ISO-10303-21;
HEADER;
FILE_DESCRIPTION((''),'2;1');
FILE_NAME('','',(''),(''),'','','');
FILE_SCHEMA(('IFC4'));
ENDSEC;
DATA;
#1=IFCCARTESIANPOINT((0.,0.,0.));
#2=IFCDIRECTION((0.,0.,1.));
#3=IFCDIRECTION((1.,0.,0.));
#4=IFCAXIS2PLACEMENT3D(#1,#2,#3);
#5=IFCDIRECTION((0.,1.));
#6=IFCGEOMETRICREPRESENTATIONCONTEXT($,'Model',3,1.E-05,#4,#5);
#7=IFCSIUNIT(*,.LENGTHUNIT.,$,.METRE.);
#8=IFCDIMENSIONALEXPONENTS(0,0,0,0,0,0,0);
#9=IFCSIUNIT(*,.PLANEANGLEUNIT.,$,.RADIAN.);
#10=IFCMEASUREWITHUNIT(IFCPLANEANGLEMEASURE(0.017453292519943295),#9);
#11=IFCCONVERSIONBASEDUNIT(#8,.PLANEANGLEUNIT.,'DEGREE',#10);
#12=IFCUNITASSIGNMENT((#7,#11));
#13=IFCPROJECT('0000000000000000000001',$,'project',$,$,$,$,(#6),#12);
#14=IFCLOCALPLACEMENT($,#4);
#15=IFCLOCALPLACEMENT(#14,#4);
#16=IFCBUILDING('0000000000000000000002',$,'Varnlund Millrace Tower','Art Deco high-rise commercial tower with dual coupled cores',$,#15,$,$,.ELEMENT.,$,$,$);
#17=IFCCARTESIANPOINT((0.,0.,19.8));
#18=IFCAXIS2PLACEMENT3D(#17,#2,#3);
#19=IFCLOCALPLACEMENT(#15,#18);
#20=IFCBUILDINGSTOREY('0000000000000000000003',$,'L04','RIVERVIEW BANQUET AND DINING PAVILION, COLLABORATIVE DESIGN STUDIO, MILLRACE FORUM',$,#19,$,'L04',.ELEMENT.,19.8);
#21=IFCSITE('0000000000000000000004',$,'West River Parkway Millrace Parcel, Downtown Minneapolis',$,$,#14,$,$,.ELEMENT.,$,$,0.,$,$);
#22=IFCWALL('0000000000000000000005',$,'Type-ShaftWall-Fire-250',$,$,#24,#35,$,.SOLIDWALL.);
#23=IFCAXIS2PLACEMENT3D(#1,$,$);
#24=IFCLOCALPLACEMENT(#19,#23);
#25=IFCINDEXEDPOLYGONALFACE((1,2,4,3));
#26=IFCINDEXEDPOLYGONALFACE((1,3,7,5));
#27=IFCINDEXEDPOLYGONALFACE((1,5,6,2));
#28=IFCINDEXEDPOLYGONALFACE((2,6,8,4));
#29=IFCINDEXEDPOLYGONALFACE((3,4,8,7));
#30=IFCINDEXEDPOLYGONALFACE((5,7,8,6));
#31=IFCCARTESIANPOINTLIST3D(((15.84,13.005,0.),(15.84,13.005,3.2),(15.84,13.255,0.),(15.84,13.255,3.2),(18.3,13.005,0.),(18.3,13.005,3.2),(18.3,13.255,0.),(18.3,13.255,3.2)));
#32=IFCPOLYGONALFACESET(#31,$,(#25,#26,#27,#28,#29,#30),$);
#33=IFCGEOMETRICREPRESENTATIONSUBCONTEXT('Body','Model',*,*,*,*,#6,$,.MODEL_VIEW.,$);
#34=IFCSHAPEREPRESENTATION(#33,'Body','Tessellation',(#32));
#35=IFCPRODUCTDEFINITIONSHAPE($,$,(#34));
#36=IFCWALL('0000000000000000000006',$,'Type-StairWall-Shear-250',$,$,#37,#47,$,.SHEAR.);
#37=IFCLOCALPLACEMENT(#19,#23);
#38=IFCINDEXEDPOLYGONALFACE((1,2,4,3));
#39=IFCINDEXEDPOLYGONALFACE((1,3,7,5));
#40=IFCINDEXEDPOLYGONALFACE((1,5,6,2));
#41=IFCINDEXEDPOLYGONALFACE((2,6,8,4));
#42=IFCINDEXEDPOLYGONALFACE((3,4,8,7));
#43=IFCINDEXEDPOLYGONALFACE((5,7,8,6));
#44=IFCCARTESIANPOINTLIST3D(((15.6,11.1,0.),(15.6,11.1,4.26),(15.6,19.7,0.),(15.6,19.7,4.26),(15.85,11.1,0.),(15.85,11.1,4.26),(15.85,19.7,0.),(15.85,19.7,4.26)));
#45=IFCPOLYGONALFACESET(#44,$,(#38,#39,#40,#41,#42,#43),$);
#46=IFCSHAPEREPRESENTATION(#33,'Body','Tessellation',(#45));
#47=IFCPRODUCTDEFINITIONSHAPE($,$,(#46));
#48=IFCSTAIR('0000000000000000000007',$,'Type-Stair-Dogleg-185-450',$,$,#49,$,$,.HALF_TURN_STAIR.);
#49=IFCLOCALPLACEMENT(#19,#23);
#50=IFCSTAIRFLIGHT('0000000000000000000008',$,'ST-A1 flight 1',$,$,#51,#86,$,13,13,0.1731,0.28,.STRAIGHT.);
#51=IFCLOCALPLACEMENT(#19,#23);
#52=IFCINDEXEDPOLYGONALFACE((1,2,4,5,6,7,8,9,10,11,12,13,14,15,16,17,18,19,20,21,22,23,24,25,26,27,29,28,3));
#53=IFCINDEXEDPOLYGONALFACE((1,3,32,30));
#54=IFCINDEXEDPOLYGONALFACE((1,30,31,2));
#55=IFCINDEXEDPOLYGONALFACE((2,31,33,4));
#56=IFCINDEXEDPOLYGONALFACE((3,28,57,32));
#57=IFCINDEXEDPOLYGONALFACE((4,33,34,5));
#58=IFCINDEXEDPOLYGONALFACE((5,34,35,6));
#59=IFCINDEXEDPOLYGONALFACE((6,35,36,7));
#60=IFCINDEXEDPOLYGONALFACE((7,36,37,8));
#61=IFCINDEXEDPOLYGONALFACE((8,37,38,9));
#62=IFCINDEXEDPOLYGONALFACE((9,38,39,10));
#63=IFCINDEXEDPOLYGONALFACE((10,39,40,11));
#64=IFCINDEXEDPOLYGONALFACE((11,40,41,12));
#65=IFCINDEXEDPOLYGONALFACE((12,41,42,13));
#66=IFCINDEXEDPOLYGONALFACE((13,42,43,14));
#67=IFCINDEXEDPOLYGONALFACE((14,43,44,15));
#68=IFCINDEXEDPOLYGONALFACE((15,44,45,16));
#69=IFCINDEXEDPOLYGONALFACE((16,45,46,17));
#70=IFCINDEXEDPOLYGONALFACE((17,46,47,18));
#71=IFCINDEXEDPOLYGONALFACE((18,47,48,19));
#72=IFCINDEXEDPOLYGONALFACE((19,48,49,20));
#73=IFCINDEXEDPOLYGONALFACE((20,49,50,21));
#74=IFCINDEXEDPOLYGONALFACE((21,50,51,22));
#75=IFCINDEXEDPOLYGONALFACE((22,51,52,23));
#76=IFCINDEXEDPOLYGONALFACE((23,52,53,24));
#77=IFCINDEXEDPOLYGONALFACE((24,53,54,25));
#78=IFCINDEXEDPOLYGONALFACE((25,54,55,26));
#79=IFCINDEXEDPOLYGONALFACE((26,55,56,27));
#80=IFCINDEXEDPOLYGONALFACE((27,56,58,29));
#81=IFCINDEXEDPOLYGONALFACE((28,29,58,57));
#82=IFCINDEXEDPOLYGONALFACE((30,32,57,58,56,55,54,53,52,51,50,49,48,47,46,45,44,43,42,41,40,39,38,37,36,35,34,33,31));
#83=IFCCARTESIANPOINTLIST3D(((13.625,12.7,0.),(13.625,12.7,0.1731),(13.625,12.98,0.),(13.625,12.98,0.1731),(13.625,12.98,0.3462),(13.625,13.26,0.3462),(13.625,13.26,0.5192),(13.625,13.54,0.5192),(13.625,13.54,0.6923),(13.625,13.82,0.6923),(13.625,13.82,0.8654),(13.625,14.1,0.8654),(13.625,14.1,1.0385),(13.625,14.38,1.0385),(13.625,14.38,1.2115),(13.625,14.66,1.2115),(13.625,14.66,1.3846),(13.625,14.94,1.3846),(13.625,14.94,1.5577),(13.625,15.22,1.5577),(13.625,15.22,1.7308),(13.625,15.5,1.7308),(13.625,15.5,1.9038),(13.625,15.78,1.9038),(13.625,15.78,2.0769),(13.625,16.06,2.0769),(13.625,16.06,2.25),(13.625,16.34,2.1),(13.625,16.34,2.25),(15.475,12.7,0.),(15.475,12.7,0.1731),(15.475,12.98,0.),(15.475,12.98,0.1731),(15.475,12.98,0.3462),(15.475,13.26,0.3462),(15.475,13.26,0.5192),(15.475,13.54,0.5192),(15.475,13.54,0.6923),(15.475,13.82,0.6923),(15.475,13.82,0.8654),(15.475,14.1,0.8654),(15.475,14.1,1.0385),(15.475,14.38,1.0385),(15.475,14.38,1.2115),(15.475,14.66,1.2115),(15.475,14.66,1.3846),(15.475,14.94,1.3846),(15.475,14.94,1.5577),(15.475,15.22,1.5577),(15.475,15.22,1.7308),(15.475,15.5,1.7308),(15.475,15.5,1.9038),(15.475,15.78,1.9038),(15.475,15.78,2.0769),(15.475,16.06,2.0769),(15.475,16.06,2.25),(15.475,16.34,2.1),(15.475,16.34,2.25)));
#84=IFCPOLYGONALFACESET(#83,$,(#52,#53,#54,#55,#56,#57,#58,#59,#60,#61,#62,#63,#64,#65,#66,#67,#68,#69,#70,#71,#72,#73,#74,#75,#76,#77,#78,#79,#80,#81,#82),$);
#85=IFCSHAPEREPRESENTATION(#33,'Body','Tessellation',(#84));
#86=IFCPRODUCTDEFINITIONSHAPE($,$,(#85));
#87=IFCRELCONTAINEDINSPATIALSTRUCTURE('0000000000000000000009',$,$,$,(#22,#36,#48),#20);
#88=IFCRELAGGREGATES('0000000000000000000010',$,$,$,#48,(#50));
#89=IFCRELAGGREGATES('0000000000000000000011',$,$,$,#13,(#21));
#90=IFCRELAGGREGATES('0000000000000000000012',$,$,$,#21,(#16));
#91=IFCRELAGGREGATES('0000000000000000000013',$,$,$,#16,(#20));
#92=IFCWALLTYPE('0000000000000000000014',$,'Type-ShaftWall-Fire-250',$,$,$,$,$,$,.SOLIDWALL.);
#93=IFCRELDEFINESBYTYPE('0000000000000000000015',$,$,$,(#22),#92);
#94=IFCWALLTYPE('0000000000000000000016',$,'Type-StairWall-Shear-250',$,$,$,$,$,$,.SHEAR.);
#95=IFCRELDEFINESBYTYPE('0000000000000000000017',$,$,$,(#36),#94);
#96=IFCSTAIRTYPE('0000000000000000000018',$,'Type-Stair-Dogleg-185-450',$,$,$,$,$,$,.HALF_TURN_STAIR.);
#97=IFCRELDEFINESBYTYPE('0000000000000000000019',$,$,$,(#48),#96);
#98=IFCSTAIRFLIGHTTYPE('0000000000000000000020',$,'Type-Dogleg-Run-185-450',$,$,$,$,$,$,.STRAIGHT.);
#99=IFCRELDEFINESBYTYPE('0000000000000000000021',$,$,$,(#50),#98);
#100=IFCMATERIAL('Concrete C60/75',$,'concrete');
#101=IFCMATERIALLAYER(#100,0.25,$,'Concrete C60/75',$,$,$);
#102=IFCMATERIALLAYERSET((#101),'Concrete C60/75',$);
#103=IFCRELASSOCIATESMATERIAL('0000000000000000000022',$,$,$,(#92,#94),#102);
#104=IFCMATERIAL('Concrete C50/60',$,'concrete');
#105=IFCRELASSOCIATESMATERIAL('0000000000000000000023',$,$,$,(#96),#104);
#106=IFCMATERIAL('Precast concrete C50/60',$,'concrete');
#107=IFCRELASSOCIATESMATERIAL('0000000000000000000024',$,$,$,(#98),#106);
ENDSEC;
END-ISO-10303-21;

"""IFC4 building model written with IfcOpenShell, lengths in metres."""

from ifc_helpers import new_model, entity, si_unit, converted_unit, direction, frame, origin_with_axes, place, context, subcontext, project, spatial, polyline, outline, extrude, material, layer, layer_set, type_object, element, aggregate, save


model = new_model("IFC4")

# Units and contexts
model_context = context("Model", 3, precision=1e-05, world=origin_with_axes(), true_north=direction((0.0, 1.0)))
body_context = subcontext(model_context, "Body", "Model", "MODEL_VIEW")
ifc_project = project(units=[si_unit("LENGTHUNIT", "METRE"), converted_unit("PLANEANGLEUNIT", "DEGREE", entity("IfcPlaneAngleMeasure", 0.017453292519943295), si_unit("PLANEANGLEUNIT", "RADIAN"), dimensions=[0, 0, 0, 0, 0, 0, 0])], contexts=[model_context])

# Site, building, storey
site_placement = place(None, origin_with_axes())
site = spatial("IfcSite", under=ifc_project, at=site_placement, Name="West River Parkway Millrace Parcel, Downtown Minneapolis", CompositionType="ELEMENT", RefElevation=0.0)
building_placement = place(site_placement, origin_with_axes())
building = spatial("IfcBuilding", under=site, at=building_placement, Name="Varnlund Millrace Tower", Description="Art Deco high-rise commercial tower with dual coupled cores", CompositionType="ELEMENT")
storey_placement = place(building_placement, frame((0.0, 0.0, 19.8), z_axis=(0.0, 0.0, 1.0), x_axis=(1.0, 0.0, 0.0)))
storey = spatial("IfcBuildingStorey", under=building, at=storey_placement, Name="L04", Description="RIVERVIEW BANQUET AND DINING PAVILION, COLLABORATIVE DESIGN STUDIO, MILLRACE FORUM", LongName="L04", CompositionType="ELEMENT", Elevation=19.8)

# Walls
ifc_material_1 = material(Name="Concrete C60/75", Category="concrete")
ifc_layer_1 = layer(ifc_material_1, 0.25, Name="Concrete C60/75")
ifc_layer_set_1 = layer_set([ifc_layer_1], Name="Concrete C60/75")
wall_type_1 = type_object("IfcWallType", Name="Type-ShaftWall-Fire-250", PredefinedType="SOLIDWALL", material=ifc_layer_set_1)
wall_1_placement = place(storey_placement, frame((15.84, 13.13, 0.0), z_axis=(0.0, 0.0, 1.0), x_axis=(1.0, 0.0, 0.0)))
element("IfcWall", 1, at=wall_1_placement, inside=storey, type_object=wall_type_1, Name="Type-ShaftWall-Fire-250", PredefinedType="SOLIDWALL", context=body_context, shape_type="SweptSolid", body=[
    extrude(outline(polyline([(0.0, -0.125), (2.46, -0.125), (2.46, 0.125), (0.0, 0.125), (0.0, -0.125)])), origin_with_axes(), (0.0, 0.0, 1.0), 3.2),
])
wall_type_2 = type_object("IfcWallType", Name="Type-StairWall-Shear-250", PredefinedType="SHEAR", material=ifc_layer_set_1)
wall_2_placement = place(storey_placement, frame((15.725, 11.1, 0.0), z_axis=(0.0, 0.0, 1.0), x_axis=(0.0, 1.0, 0.0)))
element("IfcWall", 2, at=wall_2_placement, inside=storey, type_object=wall_type_2, Name="Type-StairWall-Shear-250", PredefinedType="SHEAR", context=body_context, shape_type="SweptSolid", body=[
    extrude(outline(polyline([(0.0, -0.125), (8.6, -0.125), (8.6, 0.125), (0.0, 0.125), (0.0, -0.125)])), origin_with_axes(), (0.0, 0.0, 1.0), 4.26),
])

# Stair, stair flight
ifc_material_2 = material(Name="Concrete C50/60", Category="concrete")
stair_type = type_object("IfcStairType", Name="Type-Stair-Dogleg-185-450", PredefinedType="HALF_TURN_STAIR", material=ifc_material_2)
stair_placement = place(storey_placement, origin_with_axes())
stair = element("IfcStair", 3, at=stair_placement, inside=storey, type_object=stair_type, Name="Type-Stair-Dogleg-185-450", PredefinedType="HALF_TURN_STAIR")
ifc_material_3 = material(Name="Precast concrete C50/60", Category="concrete")
stair_flight_type = type_object("IfcStairFlightType", Name="Type-Dogleg-Run-185-450", PredefinedType="STRAIGHT", material=ifc_material_3)
stair_flight_placement = place(storey_placement, frame((13.625, 12.7, 0.0), z_axis=(1.0, 0.0, 0.0), x_axis=(0.0, 1.0, 0.0)))
stair_flight = element("IfcStairFlight", 4, at=stair_flight_placement, type_object=stair_flight_type, Name="ST-A1 flight 1", NumberOfRisers=13, NumberOfTreads=13, PredefinedType="STRAIGHT", RiserHeight=0.1731, TreadLength=0.28, context=body_context, shape_type="SweptSolid", body=[
    extrude(outline(polyline([(0.0, 0.0), (0.0, 0.1731), (0.28, 0.1731), (0.28, 0.3462), (0.56, 0.3462), (0.56, 0.5192), (0.84, 0.5192), (0.84, 0.6923), (1.12, 0.6923), (1.12, 0.8654), (1.4, 0.8654), (1.4, 1.0385), (1.68, 1.0385), (1.68, 1.2115), (1.96, 1.2115), (1.96, 1.3846), (2.24, 1.3846), (2.24, 1.5577), (2.52, 1.5577), (2.52, 1.7308), (2.8, 1.7308), (2.8, 1.9038), (3.08, 1.9038), (3.08, 2.0769), (3.36, 2.0769), (3.36, 2.25), (3.64, 2.25), (3.64, 2.1), (0.28, 0.0), (0.0, 0.0)])), origin_with_axes(), (0.0, 0.0, 1.0), 1.85),
])
aggregate(stair, [stair_flight])

save(model, "model.ifc")
